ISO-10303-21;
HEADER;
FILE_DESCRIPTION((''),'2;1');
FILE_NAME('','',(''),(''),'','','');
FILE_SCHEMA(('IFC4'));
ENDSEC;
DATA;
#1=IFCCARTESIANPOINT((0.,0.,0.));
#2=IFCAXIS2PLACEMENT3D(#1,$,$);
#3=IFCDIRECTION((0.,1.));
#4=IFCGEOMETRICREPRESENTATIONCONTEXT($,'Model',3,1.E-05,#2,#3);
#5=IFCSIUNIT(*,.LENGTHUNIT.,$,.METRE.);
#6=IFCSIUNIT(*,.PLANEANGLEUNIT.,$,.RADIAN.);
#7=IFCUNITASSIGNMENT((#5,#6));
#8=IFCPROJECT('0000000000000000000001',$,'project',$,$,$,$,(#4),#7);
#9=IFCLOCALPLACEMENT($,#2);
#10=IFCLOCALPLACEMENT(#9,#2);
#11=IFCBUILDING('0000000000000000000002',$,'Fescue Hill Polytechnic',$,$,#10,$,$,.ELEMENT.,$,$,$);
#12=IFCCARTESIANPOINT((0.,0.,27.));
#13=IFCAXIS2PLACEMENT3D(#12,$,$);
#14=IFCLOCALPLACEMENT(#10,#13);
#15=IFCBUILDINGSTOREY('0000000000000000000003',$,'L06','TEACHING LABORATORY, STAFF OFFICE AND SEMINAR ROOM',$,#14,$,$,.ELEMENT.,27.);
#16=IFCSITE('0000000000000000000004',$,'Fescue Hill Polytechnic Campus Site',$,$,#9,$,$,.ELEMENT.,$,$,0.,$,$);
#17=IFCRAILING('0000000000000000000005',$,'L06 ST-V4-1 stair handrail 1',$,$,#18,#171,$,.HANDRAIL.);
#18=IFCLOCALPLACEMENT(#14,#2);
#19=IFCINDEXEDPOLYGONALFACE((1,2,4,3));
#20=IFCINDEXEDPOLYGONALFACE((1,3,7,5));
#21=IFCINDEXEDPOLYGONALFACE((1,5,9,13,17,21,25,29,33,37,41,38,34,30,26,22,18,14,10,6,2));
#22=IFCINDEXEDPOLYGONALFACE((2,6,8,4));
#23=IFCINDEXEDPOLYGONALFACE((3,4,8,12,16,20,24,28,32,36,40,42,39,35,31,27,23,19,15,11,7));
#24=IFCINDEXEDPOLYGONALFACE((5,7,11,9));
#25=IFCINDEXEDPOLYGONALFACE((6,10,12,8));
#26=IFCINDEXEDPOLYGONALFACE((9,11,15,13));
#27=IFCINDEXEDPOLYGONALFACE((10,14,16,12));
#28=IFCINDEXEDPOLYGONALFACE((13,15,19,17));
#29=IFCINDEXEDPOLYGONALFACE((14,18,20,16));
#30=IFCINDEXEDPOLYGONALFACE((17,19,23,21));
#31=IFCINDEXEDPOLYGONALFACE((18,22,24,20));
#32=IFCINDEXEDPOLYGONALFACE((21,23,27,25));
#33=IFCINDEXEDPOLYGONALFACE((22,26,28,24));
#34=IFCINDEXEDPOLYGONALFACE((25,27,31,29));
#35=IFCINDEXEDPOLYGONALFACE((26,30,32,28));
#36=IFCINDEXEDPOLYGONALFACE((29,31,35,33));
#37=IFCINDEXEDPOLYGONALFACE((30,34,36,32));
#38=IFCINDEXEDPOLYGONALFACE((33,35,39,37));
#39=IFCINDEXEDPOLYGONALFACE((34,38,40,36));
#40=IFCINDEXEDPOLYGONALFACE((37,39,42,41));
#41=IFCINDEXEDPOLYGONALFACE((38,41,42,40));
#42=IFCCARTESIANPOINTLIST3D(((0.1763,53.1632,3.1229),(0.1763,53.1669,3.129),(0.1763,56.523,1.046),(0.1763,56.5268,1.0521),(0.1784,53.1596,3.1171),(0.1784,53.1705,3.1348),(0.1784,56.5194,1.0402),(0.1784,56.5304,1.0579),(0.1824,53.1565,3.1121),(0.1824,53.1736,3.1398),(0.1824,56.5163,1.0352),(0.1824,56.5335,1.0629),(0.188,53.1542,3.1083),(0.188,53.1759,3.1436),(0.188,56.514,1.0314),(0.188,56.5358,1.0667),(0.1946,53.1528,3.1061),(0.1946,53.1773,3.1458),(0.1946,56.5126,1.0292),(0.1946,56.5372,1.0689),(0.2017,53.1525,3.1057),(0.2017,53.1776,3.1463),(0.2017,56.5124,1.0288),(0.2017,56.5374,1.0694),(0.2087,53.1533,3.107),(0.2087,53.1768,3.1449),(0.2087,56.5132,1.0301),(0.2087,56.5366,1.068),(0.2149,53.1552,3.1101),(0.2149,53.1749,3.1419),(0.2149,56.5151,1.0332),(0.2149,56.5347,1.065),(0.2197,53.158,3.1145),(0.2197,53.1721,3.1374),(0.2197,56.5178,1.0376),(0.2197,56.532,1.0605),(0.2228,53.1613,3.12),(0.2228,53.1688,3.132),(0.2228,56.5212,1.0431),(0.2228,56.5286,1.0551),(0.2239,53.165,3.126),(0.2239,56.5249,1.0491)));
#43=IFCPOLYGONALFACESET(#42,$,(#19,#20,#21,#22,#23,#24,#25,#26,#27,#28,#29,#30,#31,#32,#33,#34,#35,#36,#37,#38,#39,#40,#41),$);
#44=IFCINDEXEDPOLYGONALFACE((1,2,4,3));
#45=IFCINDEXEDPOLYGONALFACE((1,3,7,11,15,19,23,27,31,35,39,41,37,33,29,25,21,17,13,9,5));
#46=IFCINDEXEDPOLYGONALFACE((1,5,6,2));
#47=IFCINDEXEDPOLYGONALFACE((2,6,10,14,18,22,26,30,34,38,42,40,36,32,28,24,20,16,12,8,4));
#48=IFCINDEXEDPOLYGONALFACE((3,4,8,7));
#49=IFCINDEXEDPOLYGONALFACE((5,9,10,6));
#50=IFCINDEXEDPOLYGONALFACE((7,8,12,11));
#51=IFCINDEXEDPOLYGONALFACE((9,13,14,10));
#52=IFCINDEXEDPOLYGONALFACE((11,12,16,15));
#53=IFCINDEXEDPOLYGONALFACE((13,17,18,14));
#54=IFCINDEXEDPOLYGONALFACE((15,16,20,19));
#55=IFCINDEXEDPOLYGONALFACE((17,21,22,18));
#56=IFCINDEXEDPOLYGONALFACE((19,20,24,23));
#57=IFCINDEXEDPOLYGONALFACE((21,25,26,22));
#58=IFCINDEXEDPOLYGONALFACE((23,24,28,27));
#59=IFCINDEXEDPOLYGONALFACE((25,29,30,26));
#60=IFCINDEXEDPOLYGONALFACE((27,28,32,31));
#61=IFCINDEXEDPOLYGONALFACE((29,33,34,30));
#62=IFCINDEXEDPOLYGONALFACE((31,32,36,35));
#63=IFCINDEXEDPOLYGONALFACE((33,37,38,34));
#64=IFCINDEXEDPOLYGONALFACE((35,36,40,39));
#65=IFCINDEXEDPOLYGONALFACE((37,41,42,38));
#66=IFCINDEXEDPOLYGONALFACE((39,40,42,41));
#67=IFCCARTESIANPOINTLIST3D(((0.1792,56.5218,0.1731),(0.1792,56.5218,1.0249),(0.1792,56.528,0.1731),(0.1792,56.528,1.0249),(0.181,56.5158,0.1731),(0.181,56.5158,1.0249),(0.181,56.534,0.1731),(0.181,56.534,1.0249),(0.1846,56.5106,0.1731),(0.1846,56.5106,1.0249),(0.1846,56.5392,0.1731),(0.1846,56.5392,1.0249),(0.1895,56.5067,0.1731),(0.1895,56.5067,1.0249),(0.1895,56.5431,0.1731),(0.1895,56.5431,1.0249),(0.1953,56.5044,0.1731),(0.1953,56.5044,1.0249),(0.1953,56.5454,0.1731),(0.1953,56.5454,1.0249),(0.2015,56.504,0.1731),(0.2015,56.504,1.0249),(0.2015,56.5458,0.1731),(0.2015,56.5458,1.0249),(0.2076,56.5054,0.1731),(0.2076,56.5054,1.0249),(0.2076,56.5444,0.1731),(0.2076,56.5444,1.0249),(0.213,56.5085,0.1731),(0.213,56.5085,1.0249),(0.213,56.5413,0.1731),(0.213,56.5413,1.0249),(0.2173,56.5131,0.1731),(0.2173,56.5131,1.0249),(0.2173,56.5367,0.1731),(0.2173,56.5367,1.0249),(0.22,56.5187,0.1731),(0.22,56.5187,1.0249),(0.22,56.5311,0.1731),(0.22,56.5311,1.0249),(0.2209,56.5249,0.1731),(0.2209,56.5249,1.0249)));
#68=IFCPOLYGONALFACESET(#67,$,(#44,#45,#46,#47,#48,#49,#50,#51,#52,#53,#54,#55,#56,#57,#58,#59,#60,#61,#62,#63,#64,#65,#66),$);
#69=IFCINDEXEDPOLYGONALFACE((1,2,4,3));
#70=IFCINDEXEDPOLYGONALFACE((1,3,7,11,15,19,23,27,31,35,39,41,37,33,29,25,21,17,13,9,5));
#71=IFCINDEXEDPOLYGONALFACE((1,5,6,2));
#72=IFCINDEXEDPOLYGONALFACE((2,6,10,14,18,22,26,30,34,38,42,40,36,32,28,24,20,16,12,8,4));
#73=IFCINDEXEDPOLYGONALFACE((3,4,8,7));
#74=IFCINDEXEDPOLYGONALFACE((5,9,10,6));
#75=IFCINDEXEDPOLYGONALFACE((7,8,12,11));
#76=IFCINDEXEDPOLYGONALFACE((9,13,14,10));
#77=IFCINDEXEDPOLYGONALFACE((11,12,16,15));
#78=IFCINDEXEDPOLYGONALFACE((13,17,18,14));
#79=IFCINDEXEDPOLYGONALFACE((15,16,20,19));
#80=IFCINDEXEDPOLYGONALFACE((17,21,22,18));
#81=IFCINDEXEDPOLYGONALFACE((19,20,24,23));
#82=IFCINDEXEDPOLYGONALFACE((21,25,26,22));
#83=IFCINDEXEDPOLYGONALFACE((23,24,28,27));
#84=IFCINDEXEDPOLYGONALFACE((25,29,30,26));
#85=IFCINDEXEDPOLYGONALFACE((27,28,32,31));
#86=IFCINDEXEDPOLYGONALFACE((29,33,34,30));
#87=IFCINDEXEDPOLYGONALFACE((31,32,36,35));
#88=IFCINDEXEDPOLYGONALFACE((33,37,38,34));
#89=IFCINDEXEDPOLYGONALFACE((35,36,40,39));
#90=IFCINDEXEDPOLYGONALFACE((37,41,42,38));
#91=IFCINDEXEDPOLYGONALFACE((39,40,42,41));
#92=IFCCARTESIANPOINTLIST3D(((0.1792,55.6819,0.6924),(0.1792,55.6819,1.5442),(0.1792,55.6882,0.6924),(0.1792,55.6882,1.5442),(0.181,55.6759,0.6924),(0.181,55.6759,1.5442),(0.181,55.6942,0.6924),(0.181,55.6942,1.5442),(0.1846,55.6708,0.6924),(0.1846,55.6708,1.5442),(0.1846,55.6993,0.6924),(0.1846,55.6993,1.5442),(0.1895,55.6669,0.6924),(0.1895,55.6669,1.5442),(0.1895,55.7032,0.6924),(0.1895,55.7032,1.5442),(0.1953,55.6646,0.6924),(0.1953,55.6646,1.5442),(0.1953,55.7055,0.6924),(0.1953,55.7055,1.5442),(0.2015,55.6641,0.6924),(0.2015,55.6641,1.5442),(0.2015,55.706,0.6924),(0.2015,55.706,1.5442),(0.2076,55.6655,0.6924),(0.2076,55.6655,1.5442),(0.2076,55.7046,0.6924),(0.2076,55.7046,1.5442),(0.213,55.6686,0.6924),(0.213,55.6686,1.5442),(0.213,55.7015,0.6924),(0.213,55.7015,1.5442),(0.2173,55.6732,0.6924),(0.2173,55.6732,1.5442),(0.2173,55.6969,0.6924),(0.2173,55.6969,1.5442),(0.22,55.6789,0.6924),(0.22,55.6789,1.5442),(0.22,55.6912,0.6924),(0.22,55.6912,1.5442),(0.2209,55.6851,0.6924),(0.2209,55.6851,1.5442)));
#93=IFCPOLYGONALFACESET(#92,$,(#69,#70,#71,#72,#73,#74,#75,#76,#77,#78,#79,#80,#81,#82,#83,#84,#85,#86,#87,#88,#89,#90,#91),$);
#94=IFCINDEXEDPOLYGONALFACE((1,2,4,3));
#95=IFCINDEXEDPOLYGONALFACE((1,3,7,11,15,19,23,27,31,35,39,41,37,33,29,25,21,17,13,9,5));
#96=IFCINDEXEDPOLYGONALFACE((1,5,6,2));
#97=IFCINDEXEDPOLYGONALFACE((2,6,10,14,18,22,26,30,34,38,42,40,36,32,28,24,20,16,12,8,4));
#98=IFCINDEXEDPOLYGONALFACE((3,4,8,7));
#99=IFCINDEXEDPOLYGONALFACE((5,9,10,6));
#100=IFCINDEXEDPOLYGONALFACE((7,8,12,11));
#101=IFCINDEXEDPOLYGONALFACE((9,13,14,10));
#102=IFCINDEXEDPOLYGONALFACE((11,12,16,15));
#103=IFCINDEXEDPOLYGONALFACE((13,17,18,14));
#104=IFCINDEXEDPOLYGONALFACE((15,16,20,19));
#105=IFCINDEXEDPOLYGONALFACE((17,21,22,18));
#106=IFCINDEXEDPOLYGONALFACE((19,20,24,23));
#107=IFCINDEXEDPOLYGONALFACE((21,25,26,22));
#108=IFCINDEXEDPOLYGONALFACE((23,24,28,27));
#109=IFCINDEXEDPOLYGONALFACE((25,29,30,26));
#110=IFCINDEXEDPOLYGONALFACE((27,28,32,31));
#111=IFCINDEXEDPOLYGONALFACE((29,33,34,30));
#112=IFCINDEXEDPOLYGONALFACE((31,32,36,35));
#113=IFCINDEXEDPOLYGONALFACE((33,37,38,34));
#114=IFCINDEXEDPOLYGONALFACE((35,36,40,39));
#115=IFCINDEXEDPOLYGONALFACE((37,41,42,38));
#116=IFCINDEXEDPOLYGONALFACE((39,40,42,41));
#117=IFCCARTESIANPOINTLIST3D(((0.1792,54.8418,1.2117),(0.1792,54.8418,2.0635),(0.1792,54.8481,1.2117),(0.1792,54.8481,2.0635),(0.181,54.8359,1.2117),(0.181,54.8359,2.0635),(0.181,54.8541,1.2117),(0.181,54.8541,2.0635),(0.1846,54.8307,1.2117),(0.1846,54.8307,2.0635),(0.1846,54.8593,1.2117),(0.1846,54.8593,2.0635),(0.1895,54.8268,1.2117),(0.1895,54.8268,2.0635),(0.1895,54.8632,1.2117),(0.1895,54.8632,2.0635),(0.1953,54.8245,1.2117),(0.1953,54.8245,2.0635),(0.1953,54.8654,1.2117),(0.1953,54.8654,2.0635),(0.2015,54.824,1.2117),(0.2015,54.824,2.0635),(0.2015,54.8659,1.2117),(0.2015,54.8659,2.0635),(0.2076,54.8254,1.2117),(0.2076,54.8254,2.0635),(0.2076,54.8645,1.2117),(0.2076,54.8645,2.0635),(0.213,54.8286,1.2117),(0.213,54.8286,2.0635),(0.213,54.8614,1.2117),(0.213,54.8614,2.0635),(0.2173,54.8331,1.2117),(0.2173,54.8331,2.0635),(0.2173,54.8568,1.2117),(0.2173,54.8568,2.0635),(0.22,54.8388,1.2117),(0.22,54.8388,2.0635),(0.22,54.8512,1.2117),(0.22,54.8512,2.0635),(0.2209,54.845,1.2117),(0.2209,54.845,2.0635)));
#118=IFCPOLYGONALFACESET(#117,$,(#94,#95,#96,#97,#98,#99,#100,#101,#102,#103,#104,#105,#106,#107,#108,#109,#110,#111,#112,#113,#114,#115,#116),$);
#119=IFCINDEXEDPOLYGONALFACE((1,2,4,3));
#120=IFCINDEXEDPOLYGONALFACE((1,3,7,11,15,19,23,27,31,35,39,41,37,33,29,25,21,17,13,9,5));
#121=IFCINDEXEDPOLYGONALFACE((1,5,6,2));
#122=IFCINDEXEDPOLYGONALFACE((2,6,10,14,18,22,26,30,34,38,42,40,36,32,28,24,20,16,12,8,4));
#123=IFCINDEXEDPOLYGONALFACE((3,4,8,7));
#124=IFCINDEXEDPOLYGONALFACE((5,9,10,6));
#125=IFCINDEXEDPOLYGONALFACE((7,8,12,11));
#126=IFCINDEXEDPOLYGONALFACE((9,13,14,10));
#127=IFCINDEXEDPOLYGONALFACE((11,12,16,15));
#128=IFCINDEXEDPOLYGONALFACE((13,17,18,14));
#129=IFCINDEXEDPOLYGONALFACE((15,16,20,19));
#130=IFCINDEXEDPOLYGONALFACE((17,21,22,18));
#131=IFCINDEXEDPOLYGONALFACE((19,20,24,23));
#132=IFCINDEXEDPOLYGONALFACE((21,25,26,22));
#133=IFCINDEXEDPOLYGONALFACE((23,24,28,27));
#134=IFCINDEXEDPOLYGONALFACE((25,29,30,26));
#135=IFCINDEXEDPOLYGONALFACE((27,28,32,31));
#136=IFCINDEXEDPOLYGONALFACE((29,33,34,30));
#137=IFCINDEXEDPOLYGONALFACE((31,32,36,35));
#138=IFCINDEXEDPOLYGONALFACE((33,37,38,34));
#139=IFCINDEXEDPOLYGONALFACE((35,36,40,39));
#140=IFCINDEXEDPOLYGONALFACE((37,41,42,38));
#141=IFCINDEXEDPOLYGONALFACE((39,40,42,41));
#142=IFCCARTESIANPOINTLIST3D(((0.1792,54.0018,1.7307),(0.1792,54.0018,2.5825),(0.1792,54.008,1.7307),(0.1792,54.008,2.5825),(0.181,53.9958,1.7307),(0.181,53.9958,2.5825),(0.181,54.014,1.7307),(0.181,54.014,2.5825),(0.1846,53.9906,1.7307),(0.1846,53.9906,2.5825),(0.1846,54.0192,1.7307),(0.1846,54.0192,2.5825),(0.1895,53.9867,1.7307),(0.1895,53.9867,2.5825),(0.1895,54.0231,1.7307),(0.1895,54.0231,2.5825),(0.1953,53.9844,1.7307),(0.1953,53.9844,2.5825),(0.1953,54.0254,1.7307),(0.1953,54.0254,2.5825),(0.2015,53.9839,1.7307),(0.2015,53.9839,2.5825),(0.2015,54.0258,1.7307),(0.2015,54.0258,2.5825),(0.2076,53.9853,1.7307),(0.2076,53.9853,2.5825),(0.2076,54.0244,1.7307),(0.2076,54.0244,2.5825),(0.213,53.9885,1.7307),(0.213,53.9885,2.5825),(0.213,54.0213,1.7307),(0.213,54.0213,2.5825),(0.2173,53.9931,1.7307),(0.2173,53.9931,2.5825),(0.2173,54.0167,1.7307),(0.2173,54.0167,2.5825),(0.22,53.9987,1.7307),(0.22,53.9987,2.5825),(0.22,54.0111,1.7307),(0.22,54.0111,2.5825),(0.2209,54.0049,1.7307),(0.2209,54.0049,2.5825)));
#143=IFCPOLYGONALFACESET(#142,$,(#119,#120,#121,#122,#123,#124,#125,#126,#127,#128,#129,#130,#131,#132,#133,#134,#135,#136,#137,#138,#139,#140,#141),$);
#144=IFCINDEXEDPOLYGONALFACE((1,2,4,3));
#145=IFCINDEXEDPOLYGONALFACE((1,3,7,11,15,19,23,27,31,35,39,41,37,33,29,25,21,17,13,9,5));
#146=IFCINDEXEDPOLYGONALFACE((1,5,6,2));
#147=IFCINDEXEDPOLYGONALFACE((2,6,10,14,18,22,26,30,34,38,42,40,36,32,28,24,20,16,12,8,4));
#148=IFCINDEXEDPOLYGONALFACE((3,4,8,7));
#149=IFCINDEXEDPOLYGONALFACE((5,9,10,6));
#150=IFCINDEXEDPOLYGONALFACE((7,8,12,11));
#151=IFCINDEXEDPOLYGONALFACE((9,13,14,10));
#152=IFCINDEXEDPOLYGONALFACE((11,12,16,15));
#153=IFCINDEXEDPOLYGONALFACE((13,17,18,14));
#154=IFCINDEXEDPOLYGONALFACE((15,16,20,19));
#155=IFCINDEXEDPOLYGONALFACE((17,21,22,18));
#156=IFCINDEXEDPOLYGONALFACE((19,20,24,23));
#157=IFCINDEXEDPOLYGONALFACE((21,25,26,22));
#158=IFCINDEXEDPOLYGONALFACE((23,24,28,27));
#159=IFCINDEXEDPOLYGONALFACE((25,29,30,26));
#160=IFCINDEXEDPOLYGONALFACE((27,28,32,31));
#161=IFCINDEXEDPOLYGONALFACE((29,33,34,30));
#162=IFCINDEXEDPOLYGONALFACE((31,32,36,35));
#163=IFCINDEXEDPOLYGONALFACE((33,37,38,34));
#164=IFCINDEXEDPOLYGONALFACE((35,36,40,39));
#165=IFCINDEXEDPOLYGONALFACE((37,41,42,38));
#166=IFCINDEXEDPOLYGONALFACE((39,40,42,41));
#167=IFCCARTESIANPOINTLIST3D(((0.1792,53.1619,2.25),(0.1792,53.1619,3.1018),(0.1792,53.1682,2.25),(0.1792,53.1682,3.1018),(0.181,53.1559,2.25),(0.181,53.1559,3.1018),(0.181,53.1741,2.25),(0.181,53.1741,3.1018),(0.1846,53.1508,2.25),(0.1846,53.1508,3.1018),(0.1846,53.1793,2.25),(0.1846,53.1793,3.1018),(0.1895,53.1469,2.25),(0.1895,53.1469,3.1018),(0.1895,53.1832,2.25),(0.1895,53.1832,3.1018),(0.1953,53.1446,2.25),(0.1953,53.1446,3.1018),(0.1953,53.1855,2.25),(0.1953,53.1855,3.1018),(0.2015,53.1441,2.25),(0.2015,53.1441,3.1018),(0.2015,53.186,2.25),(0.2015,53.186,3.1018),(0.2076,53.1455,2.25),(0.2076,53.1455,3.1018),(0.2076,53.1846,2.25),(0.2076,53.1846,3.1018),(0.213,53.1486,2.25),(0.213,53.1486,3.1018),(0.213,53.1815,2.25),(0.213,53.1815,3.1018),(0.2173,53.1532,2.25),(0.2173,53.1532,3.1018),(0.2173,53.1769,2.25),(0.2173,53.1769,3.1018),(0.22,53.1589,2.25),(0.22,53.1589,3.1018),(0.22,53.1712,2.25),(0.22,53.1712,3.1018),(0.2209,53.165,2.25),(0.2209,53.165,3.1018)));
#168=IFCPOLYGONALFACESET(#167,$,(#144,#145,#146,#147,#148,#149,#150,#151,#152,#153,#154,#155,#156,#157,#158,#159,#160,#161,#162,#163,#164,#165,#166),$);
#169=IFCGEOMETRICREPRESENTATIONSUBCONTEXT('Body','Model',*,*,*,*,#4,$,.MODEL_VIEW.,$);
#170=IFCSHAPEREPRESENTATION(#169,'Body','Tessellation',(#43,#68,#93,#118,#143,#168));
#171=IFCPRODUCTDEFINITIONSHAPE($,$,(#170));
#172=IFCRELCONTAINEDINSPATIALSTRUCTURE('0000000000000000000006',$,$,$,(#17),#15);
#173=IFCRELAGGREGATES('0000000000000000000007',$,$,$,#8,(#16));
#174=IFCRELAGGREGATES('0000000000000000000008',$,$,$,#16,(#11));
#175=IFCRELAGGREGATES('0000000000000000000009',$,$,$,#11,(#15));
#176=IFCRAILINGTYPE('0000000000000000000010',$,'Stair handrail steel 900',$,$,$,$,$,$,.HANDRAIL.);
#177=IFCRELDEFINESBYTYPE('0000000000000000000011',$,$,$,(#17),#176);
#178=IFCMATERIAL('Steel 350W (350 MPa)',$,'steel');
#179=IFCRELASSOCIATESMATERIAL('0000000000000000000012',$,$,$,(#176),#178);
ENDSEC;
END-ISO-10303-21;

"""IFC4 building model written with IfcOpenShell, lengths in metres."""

from ifc_helpers import new_model, si_unit, direction, frame, origin, origin_2d, place, context, subcontext, project, spatial, circle, extrude, material, type_object, element, save


model = new_model("IFC4")

# Units and contexts
model_context = context("Model", 3, precision=1e-05, world=origin(), true_north=direction((0.0, 1.0)))
body_context = subcontext(model_context, "Body", "Model", "MODEL_VIEW")
ifc_project = project(units=[si_unit("LENGTHUNIT", "METRE"), si_unit("PLANEANGLEUNIT", "RADIAN")], contexts=[model_context])

# Site, building, storey
site_placement = place(None, origin())
site = spatial("IfcSite", under=ifc_project, at=site_placement, Name="Fescue Hill Polytechnic Campus Site", CompositionType="ELEMENT", RefElevation=0.0)
building_placement = place(site_placement, origin())
building = spatial("IfcBuilding", under=site, at=building_placement, Name="Fescue Hill Polytechnic", CompositionType="ELEMENT")
storey_placement = place(building_placement, frame((0.0, 0.0, 27.0)))
storey = spatial("IfcBuildingStorey", under=building, at=storey_placement, Name="L06", Description="TEACHING LABORATORY, STAFF OFFICE AND SEMINAR ROOM", CompositionType="ELEMENT", Elevation=27.0)

# Railing
ifc_material_1 = material(Name="Steel 350W (350 MPa)", Category="steel")
railing_type_1 = type_object("IfcRailingType", Name="Stair handrail steel 900", PredefinedType="HANDRAIL", material=ifc_material_1)
for number, where, name in (
    (1, (0.2, 56.5249, 0.1731), "L06 ST-V4-1 stair handrail 1"),
):
    element("IfcRailing", number, at=place(storey_placement, frame(where)), inside=storey, type_object=railing_type_1, Name=name, PredefinedType="HANDRAIL", context=body_context, shape_type="SweptSolid", body=[
        extrude(circle(Radius=0.0239, at=origin_2d()), frame((0.0, 0.0, 0.876), z_axis=(0.0, -0.850606, 0.525803), x_axis=(1.0, 0.0, 0.0)), (0.0, 0.0, 1.0), 3.95),
        extrude(circle(Radius=0.021, at=origin_2d()), origin(), (0.0, 0.0, 1.0), 0.8518),
        extrude(circle(Radius=0.021, at=origin_2d()), frame((0.0, -0.8398, 0.5193)), (0.0, 0.0, 1.0), 0.8518),
        extrude(circle(Radius=0.021, at=origin_2d()), frame((0.0, -1.6799, 1.0386)), (0.0, 0.0, 1.0), 0.8518),
        extrude(circle(Radius=0.021, at=origin_2d()), frame((0.0, -2.52, 1.5576)), (0.0, 0.0, 1.0), 0.8518),
        extrude(circle(Radius=0.021, at=origin_2d()), frame((0.0, -3.3599, 2.0769)), (0.0, 0.0, 1.0), 0.8518),
    ])

save(model, "model.ifc")
